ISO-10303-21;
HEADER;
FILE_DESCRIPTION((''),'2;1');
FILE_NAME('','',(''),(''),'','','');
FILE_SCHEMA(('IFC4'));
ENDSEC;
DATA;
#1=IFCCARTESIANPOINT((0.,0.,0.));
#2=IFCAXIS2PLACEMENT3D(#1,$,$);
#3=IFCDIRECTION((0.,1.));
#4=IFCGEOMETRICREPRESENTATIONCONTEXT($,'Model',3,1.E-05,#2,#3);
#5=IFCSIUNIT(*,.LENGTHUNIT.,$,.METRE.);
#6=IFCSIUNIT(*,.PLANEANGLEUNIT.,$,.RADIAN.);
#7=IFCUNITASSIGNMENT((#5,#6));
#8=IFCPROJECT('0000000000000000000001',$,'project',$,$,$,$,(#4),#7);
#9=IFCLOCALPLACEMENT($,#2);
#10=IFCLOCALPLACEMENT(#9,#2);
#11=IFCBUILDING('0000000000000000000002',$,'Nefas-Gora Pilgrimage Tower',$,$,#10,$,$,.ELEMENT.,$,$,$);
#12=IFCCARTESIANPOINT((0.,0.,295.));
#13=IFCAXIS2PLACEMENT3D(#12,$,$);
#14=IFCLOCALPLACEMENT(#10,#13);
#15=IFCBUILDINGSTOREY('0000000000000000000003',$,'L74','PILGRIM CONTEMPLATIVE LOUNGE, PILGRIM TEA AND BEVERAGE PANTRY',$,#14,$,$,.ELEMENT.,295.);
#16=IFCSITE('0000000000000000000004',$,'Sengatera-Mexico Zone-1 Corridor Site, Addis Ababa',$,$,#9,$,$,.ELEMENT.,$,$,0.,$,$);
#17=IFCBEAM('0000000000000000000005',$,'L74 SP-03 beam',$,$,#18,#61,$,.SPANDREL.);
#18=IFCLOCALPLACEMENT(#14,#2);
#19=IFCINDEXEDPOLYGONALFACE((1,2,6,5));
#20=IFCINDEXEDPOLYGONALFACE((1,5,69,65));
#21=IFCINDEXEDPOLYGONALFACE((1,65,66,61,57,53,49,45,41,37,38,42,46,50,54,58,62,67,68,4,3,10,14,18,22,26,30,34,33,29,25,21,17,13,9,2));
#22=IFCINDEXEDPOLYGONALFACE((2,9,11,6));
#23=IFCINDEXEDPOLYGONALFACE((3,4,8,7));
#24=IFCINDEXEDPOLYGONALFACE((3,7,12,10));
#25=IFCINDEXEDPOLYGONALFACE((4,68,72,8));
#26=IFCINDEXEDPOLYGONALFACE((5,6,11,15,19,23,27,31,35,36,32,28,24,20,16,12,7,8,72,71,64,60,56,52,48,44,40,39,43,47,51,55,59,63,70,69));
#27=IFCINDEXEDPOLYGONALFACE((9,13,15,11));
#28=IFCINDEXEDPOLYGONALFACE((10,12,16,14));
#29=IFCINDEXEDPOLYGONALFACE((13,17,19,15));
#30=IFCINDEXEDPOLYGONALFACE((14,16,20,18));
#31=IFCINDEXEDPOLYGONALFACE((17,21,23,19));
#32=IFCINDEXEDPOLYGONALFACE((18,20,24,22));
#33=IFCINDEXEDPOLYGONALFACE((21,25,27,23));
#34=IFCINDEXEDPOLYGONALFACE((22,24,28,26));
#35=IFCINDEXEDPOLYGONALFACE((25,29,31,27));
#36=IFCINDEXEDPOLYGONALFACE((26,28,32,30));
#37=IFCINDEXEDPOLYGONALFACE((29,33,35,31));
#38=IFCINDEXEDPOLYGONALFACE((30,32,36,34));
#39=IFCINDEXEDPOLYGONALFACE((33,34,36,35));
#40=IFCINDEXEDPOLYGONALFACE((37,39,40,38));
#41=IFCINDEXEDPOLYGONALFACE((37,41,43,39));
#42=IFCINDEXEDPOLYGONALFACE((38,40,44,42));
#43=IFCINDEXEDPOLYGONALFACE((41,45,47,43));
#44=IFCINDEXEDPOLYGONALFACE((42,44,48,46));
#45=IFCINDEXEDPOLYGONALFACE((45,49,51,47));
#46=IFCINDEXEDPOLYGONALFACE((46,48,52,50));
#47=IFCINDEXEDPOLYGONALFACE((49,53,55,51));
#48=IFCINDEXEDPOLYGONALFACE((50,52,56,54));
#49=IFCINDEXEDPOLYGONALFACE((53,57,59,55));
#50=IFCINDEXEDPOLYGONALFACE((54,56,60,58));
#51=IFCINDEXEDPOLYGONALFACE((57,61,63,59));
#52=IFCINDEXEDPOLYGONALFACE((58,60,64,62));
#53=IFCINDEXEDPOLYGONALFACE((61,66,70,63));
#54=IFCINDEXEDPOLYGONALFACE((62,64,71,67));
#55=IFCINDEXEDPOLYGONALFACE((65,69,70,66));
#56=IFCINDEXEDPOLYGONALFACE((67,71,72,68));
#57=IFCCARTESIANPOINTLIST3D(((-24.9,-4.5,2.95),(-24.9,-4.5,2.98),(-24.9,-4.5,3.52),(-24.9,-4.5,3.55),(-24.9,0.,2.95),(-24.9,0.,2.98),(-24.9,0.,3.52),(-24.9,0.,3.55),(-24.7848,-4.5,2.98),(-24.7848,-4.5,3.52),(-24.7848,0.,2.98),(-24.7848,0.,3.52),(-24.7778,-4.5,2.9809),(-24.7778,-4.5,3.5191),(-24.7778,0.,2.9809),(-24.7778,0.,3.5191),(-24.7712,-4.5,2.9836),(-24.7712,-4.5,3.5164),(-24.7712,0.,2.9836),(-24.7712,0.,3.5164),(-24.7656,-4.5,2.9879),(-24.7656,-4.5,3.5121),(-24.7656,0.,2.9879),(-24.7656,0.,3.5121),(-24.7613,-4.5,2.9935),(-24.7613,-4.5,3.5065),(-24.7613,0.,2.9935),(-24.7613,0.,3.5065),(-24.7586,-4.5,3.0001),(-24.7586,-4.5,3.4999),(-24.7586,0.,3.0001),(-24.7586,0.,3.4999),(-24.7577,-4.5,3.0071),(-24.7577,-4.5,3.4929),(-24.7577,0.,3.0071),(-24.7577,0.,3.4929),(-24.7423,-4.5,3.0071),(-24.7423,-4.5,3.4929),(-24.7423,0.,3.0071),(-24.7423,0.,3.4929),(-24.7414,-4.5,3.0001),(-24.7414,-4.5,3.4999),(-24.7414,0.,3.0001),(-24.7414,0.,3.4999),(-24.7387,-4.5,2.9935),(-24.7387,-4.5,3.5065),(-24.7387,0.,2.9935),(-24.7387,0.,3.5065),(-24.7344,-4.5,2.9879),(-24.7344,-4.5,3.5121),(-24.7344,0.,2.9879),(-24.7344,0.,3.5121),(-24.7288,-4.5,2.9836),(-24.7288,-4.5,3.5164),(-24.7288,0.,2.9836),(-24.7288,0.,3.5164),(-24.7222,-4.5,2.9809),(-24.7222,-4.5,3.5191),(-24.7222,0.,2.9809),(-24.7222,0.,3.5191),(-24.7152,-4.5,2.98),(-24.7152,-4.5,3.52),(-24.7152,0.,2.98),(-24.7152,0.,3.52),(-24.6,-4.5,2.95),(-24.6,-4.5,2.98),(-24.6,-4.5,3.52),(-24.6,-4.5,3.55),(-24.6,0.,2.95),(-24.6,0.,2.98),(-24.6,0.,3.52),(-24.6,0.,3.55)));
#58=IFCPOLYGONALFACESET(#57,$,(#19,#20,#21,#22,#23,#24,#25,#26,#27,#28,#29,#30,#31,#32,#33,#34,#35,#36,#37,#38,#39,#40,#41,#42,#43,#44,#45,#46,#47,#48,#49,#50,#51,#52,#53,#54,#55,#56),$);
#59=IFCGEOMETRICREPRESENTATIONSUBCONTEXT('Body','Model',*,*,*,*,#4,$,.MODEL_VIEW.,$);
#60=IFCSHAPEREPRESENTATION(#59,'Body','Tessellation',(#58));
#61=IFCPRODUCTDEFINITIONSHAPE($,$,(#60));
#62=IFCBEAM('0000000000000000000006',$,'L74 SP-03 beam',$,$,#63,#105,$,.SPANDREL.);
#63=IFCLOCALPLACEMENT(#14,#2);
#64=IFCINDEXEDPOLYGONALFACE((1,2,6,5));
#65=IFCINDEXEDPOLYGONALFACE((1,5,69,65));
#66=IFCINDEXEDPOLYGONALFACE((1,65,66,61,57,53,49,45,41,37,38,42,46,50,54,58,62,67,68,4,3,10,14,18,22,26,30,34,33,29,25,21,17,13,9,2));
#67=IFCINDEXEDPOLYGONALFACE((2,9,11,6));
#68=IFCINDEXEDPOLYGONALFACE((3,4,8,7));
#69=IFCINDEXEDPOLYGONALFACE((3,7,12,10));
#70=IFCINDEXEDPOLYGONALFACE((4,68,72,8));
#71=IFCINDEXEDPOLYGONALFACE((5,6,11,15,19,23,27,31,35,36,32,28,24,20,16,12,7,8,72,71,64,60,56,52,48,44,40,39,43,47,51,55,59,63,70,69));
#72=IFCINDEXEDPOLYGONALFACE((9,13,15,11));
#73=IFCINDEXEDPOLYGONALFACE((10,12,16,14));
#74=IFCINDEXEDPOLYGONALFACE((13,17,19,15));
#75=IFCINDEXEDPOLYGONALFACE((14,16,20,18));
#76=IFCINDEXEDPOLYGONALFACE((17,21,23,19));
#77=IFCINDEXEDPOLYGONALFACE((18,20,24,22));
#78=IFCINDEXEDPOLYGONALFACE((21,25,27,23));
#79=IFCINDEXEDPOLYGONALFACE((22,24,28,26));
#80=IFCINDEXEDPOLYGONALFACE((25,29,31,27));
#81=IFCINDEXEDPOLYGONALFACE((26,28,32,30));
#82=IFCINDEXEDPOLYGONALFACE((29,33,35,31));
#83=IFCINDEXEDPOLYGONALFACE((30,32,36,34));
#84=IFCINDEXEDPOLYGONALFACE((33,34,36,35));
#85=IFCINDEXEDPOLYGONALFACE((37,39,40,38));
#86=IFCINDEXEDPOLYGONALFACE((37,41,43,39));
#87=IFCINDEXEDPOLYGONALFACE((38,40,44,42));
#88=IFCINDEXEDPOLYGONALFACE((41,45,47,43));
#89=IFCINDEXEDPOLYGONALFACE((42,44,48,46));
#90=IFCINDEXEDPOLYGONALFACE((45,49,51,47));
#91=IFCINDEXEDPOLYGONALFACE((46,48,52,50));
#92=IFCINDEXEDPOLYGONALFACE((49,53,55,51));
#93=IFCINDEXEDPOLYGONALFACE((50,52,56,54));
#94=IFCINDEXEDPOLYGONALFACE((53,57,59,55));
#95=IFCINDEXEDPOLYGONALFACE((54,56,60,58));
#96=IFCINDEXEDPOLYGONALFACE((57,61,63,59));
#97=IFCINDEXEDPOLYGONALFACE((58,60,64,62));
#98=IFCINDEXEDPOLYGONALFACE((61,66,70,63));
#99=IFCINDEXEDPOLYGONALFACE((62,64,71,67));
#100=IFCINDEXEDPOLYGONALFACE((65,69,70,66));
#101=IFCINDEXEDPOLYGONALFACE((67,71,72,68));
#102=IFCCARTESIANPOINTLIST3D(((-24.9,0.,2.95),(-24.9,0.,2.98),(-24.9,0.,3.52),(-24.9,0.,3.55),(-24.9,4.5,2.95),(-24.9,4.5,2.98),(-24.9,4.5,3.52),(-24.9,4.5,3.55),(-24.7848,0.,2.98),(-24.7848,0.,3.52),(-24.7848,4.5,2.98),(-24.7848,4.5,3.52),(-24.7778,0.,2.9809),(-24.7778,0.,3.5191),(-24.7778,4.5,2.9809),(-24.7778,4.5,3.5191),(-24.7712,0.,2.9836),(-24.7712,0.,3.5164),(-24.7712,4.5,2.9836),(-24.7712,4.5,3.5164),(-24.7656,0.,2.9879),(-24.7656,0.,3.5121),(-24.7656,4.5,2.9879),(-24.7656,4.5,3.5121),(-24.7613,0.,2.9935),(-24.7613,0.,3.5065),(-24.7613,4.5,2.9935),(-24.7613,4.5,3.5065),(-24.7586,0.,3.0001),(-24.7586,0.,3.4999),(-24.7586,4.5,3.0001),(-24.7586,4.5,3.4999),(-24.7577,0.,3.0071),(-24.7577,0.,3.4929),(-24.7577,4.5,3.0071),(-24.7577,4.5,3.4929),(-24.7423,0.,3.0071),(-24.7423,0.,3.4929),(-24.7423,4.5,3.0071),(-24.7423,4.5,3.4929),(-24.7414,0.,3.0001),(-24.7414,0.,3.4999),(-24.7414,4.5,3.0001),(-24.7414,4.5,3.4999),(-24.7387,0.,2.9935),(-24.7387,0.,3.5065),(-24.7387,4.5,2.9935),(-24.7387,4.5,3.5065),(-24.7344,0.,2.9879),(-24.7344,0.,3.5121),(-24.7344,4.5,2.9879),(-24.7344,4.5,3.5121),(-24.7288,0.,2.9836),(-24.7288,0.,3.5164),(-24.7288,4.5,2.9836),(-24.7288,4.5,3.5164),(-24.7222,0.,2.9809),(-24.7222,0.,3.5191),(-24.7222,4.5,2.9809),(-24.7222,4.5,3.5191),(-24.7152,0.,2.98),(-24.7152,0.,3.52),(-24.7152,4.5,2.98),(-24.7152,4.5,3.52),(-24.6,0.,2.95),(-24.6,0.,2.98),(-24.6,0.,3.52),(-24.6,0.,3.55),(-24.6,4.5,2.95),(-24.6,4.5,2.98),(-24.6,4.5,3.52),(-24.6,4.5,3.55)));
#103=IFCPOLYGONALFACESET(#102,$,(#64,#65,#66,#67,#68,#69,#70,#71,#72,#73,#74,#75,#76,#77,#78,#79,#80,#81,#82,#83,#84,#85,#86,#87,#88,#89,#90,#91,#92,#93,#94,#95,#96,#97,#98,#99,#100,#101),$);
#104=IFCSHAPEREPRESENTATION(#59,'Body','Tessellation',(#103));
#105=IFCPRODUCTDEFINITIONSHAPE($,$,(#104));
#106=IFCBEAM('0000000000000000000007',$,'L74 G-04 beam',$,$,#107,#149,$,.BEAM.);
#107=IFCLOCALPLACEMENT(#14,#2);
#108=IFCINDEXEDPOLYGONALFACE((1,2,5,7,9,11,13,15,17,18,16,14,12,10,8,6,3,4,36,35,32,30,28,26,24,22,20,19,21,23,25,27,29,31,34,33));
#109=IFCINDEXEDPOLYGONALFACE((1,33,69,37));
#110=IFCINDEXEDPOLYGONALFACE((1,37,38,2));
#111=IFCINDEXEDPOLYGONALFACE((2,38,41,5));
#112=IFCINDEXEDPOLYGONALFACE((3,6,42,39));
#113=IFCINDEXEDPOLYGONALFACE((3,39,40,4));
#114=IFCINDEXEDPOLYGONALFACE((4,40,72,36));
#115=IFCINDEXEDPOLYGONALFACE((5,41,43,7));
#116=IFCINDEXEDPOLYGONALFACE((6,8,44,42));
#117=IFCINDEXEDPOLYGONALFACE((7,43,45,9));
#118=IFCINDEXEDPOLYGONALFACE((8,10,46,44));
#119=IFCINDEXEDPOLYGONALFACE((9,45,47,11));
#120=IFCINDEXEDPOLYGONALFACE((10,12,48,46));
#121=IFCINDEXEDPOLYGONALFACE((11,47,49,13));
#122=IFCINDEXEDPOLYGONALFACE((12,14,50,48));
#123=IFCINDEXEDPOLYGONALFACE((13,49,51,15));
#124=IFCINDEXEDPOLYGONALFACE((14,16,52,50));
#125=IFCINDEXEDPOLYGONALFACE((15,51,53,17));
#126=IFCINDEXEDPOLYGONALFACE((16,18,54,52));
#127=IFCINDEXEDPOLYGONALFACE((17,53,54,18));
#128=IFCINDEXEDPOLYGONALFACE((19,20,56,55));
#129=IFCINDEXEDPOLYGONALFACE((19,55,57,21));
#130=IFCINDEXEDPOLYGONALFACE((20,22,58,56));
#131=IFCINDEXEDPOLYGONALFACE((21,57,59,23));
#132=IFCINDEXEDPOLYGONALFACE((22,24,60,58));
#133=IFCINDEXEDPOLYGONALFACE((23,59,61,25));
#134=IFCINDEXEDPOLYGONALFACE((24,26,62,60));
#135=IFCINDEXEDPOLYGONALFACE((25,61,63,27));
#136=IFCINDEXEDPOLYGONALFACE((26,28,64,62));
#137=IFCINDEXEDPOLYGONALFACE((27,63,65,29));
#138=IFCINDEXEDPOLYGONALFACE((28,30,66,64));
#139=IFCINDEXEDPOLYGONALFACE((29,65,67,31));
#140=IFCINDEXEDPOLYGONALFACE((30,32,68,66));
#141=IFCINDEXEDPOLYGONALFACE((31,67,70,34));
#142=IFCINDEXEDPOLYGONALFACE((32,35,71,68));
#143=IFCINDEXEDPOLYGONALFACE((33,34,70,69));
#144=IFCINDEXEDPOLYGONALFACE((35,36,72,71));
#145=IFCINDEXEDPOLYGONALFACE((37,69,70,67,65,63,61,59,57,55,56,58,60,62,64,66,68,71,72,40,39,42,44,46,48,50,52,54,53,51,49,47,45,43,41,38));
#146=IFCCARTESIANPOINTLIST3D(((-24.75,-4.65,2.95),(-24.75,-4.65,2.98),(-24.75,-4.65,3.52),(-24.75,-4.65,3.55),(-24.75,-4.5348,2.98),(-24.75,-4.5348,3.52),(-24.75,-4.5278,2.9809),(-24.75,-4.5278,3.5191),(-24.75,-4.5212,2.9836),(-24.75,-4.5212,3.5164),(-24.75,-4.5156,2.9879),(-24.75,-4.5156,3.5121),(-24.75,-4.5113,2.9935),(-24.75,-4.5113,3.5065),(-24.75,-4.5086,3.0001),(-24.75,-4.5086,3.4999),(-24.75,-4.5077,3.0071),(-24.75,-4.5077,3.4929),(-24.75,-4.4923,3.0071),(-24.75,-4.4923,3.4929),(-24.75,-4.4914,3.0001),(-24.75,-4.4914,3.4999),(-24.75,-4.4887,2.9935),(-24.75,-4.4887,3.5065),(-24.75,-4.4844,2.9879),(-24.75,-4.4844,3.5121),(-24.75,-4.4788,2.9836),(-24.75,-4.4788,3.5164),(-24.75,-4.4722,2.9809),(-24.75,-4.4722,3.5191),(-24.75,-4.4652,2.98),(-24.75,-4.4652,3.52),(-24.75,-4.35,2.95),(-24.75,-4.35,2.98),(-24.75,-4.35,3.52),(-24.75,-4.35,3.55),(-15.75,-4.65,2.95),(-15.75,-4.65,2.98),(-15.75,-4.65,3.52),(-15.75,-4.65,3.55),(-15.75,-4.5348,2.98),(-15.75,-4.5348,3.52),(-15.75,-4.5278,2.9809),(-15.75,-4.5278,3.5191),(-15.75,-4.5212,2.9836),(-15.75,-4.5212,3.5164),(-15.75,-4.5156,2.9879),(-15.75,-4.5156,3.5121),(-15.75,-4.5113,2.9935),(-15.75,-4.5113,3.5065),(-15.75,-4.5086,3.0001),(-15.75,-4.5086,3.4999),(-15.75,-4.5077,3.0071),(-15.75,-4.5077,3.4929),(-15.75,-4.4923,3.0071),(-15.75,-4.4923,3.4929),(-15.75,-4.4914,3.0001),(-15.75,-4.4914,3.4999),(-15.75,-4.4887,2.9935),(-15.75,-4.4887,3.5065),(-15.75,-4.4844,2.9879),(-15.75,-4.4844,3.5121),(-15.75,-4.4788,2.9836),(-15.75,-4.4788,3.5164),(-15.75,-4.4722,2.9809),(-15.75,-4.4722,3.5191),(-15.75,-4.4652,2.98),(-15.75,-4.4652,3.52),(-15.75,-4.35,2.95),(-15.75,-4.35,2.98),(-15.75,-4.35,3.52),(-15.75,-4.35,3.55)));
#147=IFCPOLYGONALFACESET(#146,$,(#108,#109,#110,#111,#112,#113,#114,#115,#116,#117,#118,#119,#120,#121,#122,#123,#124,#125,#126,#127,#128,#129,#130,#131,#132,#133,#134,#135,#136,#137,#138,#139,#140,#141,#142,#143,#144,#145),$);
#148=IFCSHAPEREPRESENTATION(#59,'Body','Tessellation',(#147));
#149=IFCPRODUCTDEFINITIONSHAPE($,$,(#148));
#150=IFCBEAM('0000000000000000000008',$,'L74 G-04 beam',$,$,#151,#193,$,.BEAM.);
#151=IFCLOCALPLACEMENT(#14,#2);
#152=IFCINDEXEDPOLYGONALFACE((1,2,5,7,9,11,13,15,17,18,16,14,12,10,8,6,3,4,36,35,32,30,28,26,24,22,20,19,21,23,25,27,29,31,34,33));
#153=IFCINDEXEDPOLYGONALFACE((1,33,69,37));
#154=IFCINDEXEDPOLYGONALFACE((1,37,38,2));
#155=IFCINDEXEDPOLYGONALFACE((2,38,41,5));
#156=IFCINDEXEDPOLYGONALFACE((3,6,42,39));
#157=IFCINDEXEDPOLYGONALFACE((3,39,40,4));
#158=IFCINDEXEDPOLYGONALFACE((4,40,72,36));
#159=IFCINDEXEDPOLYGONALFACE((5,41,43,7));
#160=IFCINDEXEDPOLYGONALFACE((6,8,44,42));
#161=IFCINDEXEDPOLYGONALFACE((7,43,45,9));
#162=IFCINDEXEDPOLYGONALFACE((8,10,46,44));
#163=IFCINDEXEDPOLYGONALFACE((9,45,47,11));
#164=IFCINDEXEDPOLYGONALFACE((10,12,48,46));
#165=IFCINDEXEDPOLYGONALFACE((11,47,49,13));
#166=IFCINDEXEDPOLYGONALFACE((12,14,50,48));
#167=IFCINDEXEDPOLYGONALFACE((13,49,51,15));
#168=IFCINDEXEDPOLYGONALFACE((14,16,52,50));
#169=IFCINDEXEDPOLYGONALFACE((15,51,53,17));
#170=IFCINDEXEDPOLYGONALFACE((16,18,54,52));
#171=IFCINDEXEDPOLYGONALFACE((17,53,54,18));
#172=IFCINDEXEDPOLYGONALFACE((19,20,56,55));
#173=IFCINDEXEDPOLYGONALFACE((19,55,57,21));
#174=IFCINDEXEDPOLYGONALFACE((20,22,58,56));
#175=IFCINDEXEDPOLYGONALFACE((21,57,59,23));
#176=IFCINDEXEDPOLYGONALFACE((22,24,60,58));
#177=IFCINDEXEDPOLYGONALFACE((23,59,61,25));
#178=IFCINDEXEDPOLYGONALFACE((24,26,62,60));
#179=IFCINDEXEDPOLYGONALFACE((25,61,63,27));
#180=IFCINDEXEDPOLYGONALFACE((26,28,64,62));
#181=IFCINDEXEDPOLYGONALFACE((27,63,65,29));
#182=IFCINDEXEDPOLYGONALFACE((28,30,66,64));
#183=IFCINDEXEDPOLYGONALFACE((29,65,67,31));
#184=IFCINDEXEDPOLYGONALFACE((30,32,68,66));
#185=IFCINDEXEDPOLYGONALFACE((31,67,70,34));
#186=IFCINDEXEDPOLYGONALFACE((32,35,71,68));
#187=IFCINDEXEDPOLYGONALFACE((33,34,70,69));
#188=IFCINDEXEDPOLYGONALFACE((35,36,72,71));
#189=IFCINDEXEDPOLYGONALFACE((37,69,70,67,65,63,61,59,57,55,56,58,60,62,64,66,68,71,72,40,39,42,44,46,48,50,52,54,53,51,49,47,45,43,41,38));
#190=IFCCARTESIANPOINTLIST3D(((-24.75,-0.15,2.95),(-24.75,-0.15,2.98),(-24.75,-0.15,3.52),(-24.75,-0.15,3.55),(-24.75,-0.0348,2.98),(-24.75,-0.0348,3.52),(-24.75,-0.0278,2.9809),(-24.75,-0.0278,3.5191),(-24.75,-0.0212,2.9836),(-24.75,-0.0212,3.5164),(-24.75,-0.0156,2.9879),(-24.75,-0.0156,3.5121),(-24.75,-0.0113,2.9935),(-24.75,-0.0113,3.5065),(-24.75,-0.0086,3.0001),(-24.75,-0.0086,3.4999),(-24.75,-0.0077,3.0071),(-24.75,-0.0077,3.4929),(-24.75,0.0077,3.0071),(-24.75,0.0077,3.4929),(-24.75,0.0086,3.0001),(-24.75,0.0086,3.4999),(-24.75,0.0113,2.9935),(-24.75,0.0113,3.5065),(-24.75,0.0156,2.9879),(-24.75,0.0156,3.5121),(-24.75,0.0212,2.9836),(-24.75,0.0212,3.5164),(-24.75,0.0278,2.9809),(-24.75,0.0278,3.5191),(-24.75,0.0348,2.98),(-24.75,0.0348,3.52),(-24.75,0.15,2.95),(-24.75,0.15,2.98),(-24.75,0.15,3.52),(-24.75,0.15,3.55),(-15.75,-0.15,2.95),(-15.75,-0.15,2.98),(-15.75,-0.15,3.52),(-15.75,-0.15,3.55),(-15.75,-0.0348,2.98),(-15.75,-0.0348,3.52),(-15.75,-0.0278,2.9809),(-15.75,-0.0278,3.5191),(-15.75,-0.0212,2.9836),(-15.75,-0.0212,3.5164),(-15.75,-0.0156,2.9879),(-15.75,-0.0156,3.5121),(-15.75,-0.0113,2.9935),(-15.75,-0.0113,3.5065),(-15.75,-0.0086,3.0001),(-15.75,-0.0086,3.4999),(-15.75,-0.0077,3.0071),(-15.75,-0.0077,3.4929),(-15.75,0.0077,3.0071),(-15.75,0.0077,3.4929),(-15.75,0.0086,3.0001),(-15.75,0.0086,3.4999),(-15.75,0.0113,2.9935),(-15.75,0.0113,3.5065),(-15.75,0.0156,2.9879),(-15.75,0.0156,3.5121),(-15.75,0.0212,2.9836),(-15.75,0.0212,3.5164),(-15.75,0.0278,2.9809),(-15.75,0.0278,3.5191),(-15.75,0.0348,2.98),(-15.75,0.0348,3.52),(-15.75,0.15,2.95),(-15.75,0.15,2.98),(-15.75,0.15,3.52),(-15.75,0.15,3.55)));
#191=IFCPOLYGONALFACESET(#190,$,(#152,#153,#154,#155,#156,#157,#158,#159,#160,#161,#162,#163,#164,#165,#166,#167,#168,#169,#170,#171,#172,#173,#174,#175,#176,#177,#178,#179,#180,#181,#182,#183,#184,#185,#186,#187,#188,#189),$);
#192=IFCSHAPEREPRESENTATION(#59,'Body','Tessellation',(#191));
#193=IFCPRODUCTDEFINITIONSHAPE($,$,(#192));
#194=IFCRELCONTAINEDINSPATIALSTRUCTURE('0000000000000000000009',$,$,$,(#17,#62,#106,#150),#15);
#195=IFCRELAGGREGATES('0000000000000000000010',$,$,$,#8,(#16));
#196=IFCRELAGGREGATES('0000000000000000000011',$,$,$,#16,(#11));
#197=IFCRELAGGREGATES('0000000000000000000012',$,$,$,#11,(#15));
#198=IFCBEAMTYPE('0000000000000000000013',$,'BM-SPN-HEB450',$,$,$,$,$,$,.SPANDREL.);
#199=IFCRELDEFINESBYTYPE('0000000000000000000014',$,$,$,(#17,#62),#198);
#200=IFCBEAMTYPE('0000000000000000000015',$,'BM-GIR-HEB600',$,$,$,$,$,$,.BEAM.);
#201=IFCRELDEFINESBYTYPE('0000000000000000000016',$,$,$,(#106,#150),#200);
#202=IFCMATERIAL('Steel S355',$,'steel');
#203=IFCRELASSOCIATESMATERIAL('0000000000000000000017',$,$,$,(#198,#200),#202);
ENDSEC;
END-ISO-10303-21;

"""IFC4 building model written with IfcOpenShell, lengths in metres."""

from ifc_helpers import new_model, si_unit, direction, frame, origin, origin_2d, place, context, subcontext, project, spatial, i_section, extrude, source, transform, mapped, material, material_profile, profile_set, type_object, element, save


model = new_model("IFC4")

# Units and contexts
model_context = context("Model", 3, precision=1e-05, world=origin(), true_north=direction((0.0, 1.0)))
body_context = subcontext(model_context, "Body", "Model", "MODEL_VIEW")
ifc_project = project(units=[si_unit("LENGTHUNIT", "METRE"), si_unit("PLANEANGLEUNIT", "RADIAN")], contexts=[model_context])

# Site, building, storey
site_placement = place(None, origin())
site = spatial("IfcSite", under=ifc_project, at=site_placement, Name="Sengatera-Mexico Zone-1 Corridor Site, Addis Ababa", CompositionType="ELEMENT", RefElevation=0.0)
building_placement = place(site_placement, origin())
building = spatial("IfcBuilding", under=site, at=building_placement, Name="Nefas-Gora Pilgrimage Tower", CompositionType="ELEMENT")
storey_placement = place(building_placement, frame((0.0, 0.0, 295.0)))
storey = spatial("IfcBuildingStorey", under=building, at=storey_placement, Name="L74", Description="PILGRIM CONTEMPLATIVE LOUNGE, PILGRIM TEA AND BEVERAGE PANTRY", CompositionType="ELEMENT", Elevation=295.0)

# Shared definitions
ifc_material_1 = material(Name="Steel S355", Category="steel")

# Beams
ifc_material_profile_1 = material_profile(ifc_material_1, i_section(OverallWidth=0.3, OverallDepth=0.6001, WebThickness=0.0154, FlangeThickness=0.03, FilletRadius=0.0271, at=origin_2d()), Name="HEB 600")
ifc_profile_set_1 = profile_set([ifc_material_profile_1], Name="Steel S355")
beam_type_1 = type_object("IfcBeamType", Name="BM-SPN-HEB450", PredefinedType="SPANDREL", material=ifc_profile_set_1)
shared_shape_1 = source(origin(), body_context, "Body", "SweptSolid", [
    extrude(i_section(OverallWidth=0.3, OverallDepth=0.6001, WebThickness=0.0154, FlangeThickness=0.03, FilletRadius=0.0271, at=origin_2d()), origin(), (0.0, 0.0, 1.0), 4.5),
])
for number, where, z_axis, x_axis, name in (
    (1, (-24.75, -4.5, 3.25), (0.0, 1.0, 0.0), (-1.0, 0.0, 0.0), "L74 SP-03 beam"),
    (2, (-24.75, 0.0, 3.25), (0.0, 1.0, 0.0), (-1.0, 0.0, 0.0), "L74 SP-03 beam"),
):
    element("IfcBeam", number, at=place(storey_placement, frame(where, z_axis=z_axis, x_axis=x_axis)), inside=storey, type_object=beam_type_1, Name=name, PredefinedType="SPANDREL", context=body_context, shape_type="MappedRepresentation", body=[
        mapped(shared_shape_1, transform((0.0, 0.0, 0.0), x_axis=(1.0, 0.0, 0.0), y_axis=(0.0, 1.0, 0.0), z_axis=(0.0, 0.0, 1.0), scale=1.0)),
    ])
ifc_material_profile_2 = material_profile(ifc_material_1, i_section(OverallWidth=0.3, OverallDepth=0.6001, WebThickness=0.0154, FlangeThickness=0.03, FilletRadius=0.0271, at=origin_2d()), Name="HEB 600")
ifc_profile_set_2 = profile_set([ifc_material_profile_2], Name="Steel S355")
beam_type_2 = type_object("IfcBeamType", Name="BM-GIR-HEB600", PredefinedType="BEAM", material=ifc_profile_set_2)
shared_shape_2 = source(origin(), body_context, "Body", "SweptSolid", [
    extrude(i_section(OverallWidth=0.3, OverallDepth=0.6001, WebThickness=0.0154, FlangeThickness=0.03, FilletRadius=0.0271, at=origin_2d()), origin(), (0.0, 0.0, 1.0), 9.0),
])
for number, where, z_axis, x_axis, name in (
    (3, (-24.75, -4.5, 3.25), (1.0, 0.0, 0.0), (0.0, 1.0, 0.0), "L74 G-04 beam"),
    (4, (-24.75, 0.0, 3.25), (1.0, 0.0, 0.0), (0.0, 1.0, 0.0), "L74 G-04 beam"),
):
    element("IfcBeam", number, at=place(storey_placement, frame(where, z_axis=z_axis, x_axis=x_axis)), inside=storey, type_object=beam_type_2, Name=name, PredefinedType="BEAM", context=body_context, shape_type="MappedRepresentation", body=[
        mapped(shared_shape_2, transform((0.0, 0.0, 0.0), x_axis=(1.0, 0.0, 0.0), y_axis=(0.0, 1.0, 0.0), z_axis=(0.0, 0.0, 1.0), scale=1.0)),
    ])

save(model, "model.ifc")
